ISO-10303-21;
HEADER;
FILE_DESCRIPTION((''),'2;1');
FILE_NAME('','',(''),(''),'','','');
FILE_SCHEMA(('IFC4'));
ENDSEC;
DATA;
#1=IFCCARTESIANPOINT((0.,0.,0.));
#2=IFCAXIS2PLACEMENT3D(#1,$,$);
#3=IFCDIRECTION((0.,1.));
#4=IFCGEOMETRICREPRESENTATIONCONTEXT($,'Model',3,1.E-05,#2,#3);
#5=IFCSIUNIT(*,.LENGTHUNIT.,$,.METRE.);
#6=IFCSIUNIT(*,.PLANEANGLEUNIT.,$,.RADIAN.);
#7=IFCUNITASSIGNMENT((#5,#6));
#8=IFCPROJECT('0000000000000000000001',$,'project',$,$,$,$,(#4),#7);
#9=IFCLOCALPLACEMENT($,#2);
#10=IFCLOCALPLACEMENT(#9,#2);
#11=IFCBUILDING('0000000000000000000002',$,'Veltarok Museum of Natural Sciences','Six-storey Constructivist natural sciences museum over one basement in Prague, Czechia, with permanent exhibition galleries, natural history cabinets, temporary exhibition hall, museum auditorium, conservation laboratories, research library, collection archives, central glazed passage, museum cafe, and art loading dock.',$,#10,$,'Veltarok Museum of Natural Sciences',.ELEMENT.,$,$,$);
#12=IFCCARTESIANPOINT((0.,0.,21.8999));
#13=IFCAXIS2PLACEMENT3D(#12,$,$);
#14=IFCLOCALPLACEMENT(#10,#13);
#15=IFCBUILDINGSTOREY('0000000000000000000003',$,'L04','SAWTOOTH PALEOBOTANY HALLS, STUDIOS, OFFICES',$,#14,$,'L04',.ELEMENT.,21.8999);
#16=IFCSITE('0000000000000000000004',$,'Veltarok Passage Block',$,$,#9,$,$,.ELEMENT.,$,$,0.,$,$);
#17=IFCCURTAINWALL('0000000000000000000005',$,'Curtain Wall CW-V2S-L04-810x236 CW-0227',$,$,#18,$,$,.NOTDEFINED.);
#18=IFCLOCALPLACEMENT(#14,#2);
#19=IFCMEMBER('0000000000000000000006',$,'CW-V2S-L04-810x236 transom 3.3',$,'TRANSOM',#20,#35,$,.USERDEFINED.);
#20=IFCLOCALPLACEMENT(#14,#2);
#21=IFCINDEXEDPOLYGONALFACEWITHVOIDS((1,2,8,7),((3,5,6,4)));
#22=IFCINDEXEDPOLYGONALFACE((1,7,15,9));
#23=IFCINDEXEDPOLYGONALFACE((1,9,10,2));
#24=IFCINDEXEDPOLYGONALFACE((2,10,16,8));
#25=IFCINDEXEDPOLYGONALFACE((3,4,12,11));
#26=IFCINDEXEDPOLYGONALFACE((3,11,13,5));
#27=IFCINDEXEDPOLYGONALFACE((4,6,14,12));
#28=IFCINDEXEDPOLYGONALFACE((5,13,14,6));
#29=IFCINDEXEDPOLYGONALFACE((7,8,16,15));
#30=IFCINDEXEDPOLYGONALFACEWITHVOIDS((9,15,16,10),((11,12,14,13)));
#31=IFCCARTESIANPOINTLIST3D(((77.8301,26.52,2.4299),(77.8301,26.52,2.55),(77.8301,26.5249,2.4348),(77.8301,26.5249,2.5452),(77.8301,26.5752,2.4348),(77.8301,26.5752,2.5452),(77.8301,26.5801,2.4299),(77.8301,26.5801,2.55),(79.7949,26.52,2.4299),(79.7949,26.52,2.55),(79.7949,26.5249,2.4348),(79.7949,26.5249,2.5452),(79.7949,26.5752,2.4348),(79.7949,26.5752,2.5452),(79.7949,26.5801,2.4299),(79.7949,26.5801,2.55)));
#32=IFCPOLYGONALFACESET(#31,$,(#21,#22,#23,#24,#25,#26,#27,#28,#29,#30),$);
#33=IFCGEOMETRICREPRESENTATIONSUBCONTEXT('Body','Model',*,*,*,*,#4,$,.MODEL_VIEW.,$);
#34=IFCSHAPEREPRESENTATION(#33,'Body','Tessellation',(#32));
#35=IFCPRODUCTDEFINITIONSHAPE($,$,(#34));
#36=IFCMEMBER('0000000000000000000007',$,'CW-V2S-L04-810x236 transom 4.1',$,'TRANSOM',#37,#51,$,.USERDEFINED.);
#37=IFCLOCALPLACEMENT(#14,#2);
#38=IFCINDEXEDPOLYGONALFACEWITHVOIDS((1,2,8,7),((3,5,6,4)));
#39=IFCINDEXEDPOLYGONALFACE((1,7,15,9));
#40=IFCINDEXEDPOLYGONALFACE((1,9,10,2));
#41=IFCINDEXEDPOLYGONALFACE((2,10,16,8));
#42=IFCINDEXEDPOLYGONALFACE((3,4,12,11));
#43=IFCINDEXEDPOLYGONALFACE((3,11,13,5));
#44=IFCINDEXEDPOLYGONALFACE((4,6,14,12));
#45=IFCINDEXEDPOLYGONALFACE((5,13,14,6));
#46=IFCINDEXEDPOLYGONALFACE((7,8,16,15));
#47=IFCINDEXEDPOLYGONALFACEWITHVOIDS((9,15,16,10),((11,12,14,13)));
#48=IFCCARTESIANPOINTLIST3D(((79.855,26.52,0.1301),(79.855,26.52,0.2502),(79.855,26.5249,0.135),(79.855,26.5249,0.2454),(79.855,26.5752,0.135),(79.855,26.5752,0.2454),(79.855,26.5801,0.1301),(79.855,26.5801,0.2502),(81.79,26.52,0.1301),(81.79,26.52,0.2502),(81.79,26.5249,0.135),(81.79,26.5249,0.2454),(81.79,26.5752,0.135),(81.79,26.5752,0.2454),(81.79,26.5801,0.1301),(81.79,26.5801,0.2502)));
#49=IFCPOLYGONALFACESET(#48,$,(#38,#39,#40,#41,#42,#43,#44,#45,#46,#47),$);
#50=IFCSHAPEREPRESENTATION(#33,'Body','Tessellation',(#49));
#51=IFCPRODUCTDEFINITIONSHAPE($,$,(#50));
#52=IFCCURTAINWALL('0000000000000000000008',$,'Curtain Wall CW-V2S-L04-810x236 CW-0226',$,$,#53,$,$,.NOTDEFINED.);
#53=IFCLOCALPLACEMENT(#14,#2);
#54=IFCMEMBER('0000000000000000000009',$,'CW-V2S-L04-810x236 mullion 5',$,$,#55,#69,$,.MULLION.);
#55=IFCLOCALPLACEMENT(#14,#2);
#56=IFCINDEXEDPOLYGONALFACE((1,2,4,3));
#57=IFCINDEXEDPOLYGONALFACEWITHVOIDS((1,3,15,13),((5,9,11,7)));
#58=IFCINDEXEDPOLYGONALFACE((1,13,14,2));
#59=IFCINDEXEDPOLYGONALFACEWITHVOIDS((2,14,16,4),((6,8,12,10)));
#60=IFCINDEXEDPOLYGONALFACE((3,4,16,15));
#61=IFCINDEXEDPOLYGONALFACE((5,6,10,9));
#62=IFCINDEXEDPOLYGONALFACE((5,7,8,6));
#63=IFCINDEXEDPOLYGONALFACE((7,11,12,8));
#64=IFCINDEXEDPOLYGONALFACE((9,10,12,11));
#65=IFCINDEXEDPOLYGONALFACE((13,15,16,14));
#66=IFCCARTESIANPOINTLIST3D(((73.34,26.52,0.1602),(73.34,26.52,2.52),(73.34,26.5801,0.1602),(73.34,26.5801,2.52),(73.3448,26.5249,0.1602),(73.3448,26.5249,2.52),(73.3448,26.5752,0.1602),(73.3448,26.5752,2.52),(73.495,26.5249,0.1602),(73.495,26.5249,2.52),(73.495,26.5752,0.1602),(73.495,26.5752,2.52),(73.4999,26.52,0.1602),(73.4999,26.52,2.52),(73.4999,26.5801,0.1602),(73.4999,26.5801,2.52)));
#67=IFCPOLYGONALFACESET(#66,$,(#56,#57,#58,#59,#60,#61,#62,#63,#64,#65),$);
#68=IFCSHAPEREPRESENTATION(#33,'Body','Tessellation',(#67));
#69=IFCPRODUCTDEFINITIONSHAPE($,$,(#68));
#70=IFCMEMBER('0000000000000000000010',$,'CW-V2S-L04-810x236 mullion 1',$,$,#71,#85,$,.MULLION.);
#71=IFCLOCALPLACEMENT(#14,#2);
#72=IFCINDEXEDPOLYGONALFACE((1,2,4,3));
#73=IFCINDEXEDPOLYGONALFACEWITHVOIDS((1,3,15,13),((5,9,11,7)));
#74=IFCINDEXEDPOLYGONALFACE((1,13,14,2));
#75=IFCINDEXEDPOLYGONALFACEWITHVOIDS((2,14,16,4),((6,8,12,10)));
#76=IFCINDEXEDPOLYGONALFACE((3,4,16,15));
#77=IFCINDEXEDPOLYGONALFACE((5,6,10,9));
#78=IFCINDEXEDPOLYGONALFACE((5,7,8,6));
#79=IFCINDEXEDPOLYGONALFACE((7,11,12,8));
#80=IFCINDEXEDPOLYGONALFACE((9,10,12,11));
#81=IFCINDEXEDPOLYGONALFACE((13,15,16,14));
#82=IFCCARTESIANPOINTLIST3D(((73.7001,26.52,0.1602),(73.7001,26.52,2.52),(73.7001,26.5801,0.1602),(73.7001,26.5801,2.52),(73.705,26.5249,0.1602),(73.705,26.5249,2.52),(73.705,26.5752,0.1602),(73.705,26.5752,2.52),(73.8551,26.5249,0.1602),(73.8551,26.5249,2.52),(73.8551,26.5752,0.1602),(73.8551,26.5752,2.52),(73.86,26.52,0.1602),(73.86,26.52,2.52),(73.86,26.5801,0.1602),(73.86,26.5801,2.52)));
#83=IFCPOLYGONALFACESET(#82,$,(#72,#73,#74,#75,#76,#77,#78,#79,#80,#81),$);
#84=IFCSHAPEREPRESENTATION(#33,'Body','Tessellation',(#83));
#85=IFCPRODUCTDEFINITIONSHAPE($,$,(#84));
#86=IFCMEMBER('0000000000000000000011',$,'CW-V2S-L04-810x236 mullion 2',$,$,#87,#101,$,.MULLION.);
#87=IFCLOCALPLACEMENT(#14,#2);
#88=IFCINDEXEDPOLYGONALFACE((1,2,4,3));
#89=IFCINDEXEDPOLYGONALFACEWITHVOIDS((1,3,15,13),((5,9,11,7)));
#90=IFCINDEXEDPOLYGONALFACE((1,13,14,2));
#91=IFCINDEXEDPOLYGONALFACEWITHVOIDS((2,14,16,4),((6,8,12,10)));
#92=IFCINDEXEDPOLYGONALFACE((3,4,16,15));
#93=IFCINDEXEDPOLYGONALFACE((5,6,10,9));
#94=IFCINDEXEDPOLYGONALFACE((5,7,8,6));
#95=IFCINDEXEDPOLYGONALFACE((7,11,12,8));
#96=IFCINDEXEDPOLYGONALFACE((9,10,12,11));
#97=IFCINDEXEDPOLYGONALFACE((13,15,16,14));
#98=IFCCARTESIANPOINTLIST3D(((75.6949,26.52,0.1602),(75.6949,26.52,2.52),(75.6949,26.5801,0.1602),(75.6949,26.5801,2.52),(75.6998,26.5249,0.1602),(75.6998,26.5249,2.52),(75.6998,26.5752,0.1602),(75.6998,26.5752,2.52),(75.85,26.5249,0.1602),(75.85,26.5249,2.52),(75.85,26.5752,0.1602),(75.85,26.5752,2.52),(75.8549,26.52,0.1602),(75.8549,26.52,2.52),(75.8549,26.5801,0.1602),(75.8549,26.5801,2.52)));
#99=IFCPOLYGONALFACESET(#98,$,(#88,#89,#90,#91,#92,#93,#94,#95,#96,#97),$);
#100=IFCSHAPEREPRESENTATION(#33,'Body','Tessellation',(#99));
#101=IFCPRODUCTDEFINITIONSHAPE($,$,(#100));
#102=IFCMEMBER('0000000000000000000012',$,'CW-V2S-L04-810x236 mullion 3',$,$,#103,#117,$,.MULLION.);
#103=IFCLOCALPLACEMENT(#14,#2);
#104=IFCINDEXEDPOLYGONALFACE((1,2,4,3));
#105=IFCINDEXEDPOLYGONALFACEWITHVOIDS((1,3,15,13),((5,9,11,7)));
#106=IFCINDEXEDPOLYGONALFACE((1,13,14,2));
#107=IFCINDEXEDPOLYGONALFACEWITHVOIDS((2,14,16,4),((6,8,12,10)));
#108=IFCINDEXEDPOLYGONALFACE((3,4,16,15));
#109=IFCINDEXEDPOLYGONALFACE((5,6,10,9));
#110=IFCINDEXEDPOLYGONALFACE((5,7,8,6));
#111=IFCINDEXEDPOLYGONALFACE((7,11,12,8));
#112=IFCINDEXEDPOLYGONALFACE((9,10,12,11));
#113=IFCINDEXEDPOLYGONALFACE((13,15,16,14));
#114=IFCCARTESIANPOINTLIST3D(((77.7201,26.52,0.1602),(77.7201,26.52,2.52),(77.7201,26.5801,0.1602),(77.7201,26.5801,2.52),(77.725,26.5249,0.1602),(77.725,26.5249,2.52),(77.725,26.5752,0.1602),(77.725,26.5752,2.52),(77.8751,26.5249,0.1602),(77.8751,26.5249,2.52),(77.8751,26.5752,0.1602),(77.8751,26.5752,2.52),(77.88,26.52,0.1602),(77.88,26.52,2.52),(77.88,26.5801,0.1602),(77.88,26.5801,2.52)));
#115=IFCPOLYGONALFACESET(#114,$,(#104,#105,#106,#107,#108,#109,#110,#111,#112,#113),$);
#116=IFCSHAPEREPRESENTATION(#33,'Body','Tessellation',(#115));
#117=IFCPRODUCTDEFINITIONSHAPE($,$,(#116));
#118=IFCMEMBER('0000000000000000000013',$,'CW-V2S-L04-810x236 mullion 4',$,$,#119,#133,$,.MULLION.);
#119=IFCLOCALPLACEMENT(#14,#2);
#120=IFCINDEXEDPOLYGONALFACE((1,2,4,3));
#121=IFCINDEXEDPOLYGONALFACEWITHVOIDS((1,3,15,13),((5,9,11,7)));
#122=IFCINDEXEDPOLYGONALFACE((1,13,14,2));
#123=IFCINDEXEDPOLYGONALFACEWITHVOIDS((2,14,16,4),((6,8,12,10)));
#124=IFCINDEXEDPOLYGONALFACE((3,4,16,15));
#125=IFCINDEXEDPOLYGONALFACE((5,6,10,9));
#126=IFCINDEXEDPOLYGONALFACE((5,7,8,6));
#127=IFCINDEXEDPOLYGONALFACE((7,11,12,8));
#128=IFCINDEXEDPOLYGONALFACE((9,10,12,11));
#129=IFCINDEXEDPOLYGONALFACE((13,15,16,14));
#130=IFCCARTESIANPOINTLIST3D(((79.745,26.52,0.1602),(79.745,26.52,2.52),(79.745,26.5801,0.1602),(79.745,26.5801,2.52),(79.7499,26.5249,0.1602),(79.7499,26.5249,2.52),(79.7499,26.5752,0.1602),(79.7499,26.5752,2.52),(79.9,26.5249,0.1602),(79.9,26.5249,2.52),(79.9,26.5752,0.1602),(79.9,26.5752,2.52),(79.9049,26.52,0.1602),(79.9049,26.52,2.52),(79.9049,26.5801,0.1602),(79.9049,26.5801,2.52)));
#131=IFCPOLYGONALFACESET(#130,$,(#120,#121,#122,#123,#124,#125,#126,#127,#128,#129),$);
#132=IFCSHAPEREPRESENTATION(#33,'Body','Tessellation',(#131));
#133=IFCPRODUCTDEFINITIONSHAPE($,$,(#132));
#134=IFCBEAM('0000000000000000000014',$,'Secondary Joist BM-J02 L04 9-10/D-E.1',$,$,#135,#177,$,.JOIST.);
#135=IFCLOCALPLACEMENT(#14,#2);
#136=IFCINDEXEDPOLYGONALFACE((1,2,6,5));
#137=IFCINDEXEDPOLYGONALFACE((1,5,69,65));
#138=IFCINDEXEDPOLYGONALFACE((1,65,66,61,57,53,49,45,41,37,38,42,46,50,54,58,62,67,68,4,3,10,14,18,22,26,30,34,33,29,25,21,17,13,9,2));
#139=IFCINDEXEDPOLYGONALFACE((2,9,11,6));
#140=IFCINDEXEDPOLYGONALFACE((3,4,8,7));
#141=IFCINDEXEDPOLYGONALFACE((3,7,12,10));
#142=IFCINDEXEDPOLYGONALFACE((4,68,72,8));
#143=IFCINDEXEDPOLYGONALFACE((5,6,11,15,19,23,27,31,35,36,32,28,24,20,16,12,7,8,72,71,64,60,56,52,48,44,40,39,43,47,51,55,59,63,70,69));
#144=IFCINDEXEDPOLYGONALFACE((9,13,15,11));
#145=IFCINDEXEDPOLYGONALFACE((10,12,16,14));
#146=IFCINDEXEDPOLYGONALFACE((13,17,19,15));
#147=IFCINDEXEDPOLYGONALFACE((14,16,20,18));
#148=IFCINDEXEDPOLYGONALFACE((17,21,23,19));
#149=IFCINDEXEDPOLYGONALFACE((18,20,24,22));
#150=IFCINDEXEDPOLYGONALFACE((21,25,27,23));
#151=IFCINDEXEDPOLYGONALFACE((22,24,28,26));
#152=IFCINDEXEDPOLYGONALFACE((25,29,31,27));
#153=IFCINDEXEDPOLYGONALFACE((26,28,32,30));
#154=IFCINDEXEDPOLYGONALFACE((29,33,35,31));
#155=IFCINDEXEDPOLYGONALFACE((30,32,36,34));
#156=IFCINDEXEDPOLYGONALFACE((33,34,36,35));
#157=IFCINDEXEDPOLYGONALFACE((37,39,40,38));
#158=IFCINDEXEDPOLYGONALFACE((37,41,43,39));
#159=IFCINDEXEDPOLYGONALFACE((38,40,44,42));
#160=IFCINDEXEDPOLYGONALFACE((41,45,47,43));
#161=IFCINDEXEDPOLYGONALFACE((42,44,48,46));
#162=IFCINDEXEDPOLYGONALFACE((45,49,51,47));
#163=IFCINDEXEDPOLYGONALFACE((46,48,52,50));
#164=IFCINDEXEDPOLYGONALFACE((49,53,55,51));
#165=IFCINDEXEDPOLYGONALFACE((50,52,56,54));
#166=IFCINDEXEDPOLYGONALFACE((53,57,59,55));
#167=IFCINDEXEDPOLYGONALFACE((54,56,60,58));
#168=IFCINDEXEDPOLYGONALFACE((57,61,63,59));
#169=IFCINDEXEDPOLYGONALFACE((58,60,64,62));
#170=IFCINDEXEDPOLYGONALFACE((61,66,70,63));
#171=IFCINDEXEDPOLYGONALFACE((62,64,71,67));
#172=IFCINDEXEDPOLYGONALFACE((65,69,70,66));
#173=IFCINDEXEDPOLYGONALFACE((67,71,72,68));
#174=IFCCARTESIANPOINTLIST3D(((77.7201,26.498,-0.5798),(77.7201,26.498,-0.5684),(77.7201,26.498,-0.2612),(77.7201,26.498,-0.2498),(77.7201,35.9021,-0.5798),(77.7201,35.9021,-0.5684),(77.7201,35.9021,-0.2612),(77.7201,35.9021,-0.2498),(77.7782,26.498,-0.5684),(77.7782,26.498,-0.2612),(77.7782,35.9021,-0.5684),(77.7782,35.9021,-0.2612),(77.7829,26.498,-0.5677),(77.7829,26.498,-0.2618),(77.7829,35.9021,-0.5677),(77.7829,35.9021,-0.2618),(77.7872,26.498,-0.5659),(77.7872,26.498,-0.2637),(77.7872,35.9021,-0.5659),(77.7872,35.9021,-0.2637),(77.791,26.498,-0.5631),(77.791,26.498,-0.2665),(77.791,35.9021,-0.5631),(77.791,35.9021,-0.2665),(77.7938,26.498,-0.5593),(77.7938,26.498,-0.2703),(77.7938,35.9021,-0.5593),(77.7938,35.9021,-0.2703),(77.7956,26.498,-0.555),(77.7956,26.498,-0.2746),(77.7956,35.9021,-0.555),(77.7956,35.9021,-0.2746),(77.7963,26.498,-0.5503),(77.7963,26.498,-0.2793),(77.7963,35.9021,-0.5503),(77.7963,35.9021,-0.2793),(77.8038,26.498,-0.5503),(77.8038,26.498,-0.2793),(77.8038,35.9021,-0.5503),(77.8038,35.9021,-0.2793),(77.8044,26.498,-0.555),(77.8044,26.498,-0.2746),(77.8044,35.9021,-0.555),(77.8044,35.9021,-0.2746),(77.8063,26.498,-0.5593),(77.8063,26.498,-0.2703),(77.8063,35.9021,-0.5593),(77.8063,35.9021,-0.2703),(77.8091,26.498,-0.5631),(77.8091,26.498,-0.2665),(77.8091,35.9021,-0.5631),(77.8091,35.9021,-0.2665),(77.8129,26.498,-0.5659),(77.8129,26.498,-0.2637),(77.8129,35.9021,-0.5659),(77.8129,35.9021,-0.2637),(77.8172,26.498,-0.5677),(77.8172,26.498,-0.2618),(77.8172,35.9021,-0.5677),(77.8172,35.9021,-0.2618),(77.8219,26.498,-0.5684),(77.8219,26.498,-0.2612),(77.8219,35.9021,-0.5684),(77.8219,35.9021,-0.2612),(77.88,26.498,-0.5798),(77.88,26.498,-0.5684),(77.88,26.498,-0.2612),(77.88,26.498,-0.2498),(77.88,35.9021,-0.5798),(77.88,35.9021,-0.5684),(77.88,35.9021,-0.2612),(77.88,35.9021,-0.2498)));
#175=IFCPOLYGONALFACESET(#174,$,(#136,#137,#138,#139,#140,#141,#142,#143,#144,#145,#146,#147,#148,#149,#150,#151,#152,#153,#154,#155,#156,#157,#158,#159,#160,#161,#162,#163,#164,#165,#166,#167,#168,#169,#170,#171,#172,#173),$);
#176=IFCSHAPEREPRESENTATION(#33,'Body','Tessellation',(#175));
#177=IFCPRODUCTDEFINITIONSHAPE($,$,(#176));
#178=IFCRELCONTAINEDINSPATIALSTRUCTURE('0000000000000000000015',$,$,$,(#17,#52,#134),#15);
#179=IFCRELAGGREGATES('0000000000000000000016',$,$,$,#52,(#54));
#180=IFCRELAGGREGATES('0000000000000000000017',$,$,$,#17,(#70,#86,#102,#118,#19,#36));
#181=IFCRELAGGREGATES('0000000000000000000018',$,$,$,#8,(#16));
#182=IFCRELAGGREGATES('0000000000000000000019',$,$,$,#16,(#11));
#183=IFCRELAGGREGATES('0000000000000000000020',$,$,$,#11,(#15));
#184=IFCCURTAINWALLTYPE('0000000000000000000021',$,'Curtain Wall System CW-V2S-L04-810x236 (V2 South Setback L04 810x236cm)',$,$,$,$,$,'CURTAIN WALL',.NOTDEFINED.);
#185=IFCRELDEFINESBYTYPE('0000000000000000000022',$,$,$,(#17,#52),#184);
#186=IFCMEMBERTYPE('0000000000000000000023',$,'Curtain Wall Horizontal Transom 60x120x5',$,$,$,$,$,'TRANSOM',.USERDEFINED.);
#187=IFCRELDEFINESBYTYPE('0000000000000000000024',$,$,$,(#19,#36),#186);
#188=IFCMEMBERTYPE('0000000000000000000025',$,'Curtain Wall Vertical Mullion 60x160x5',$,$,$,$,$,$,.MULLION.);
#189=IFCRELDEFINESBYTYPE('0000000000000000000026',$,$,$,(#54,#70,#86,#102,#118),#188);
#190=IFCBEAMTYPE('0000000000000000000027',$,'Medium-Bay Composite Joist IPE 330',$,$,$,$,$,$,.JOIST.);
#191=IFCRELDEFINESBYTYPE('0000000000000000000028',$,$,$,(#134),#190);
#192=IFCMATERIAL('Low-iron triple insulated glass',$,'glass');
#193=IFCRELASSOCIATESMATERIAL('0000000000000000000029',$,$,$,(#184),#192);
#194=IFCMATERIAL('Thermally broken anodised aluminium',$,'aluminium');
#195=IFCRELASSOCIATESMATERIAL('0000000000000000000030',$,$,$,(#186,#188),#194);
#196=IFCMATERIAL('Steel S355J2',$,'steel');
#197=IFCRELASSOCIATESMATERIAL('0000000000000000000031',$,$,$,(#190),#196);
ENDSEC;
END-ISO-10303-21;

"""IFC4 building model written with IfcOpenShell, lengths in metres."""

from ifc_helpers import new_model, si_unit, direction, frame, origin, origin_2d, place, context, subcontext, project, spatial, hollow_rectangle, i_section, extrude, material, material_profile, profile_set, type_object, element, aggregate, save


model = new_model("IFC4")

# Units and contexts
model_context = context("Model", 3, precision=1e-05, world=origin(), true_north=direction((0.0, 1.0)))
body_context = subcontext(model_context, "Body", "Model", "MODEL_VIEW")
ifc_project = project(units=[si_unit("LENGTHUNIT", "METRE"), si_unit("PLANEANGLEUNIT", "RADIAN")], contexts=[model_context])

# Site, building, storey
site_placement = place(None, origin())
site = spatial("IfcSite", under=ifc_project, at=site_placement, Name="Veltarok Passage Block", CompositionType="ELEMENT", RefElevation=0.0)
building_placement = place(site_placement, origin())
building = spatial("IfcBuilding", under=site, at=building_placement, Name="Veltarok Museum of Natural Sciences", Description="Six-storey Constructivist natural sciences museum over one basement in Prague, Czechia, with permanent exhibition galleries, natural history cabinets, temporary exhibition hall, museum auditorium, conservation laboratories, research library, collection archives, central glazed passage, museum cafe, and art loading dock.", LongName="Veltarok Museum of Natural Sciences", CompositionType="ELEMENT")
storey_placement = place(building_placement, frame((0.0, 0.0, 21.8999)))
storey = spatial("IfcBuildingStorey", under=building, at=storey_placement, Name="L04", Description="SAWTOOTH PALEOBOTANY HALLS, STUDIOS, OFFICES", LongName="L04", CompositionType="ELEMENT", Elevation=21.8999)

# Shared definitions
ifc_material_1 = material(Name="Steel S355J2", Category="steel")

# Curtain wall, members
ifc_material_2 = material(Name="Low-iron triple insulated glass", Category="glass")
curtain_wall_type = type_object("IfcCurtainWallType", Name="Curtain Wall System CW-V2S-L04-810x236 (V2 South Setback L04 810x236cm)", ElementType="CURTAIN WALL", PredefinedType="NOTDEFINED", material=ifc_material_2)
curtain_wall_1_placement = place(storey_placement, origin())
curtain_wall_1 = element("IfcCurtainWall", 1, at=curtain_wall_1_placement, inside=storey, type_object=curtain_wall_type, Name="Curtain Wall CW-V2S-L04-810x236 CW-0227", PredefinedType="NOTDEFINED")
ifc_material_3 = material(Name="Thermally broken anodised aluminium", Category="aluminium")
ifc_material_profile_1 = material_profile(ifc_material_3, hollow_rectangle(XDim=0.0601, YDim=0.1201, WallThickness=0.0049, at=origin_2d()), Name="CW TRANSOM 60x120x5")
ifc_profile_set_1 = profile_set([ifc_material_profile_1], Name="Thermally broken anodised aluminium")
member_type_1 = type_object("IfcMemberType", Name="Curtain Wall Horizontal Transom 60x120x5", ElementType="TRANSOM", PredefinedType="USERDEFINED", material=ifc_profile_set_1)
member_1_placement = place(storey_placement, frame((77.8301, 26.55, 2.49), z_axis=(1.0, 0.0, 0.0), x_axis=(0.0, 1.0, 0.0)))
member_1 = element("IfcMember", 2, at=member_1_placement, type_object=member_type_1, Name="CW-V2S-L04-810x236 transom 3.3", ObjectType="TRANSOM", PredefinedType="USERDEFINED", context=body_context, shape_type="SweptSolid", body=[
    extrude(hollow_rectangle(XDim=0.0601, YDim=0.1201, WallThickness=0.0049, at=origin_2d()), origin(), (0.0, 0.0, 1.0), 1.9648),
])
member_2_placement = place(storey_placement, frame((79.855, 26.55, 0.1902), z_axis=(1.0, 0.0, 0.0), x_axis=(0.0, 1.0, 0.0)))
member_2 = element("IfcMember", 3, at=member_2_placement, type_object=member_type_1, Name="CW-V2S-L04-810x236 transom 4.1", ObjectType="TRANSOM", PredefinedType="USERDEFINED", context=body_context, shape_type="SweptSolid", body=[
    extrude(hollow_rectangle(XDim=0.0601, YDim=0.1201, WallThickness=0.0049, at=origin_2d()), origin(), (0.0, 0.0, 1.0), 1.9351),
])

# Curtain wall, member
curtain_wall_2_placement = place(storey_placement, origin())
curtain_wall_2 = element("IfcCurtainWall", 4, at=curtain_wall_2_placement, inside=storey, type_object=curtain_wall_type, Name="Curtain Wall CW-V2S-L04-810x236 CW-0226", PredefinedType="NOTDEFINED")
ifc_material_profile_2 = material_profile(ifc_material_3, hollow_rectangle(XDim=0.0601, YDim=0.1599, WallThickness=0.0049, at=origin_2d()), Name="CW MULLION 60x160x5")
ifc_profile_set_2 = profile_set([ifc_material_profile_2], Name="Thermally broken anodised aluminium")
member_type_2 = type_object("IfcMemberType", Name="Curtain Wall Vertical Mullion 60x160x5", PredefinedType="MULLION", material=ifc_profile_set_2)
member_3_placement = place(storey_placement, frame((73.4199, 26.55, 0.1602), z_axis=(0.0, 0.0, 1.0), x_axis=(0.0, 1.0, 0.0)))
member_3 = element("IfcMember", 5, at=member_3_placement, type_object=member_type_2, Name="CW-V2S-L04-810x236 mullion 5", PredefinedType="MULLION", context=body_context, shape_type="SweptSolid", body=[
    extrude(hollow_rectangle(XDim=0.0601, YDim=0.1599, WallThickness=0.0049, at=origin_2d()), origin(), (0.0, 0.0, 1.0), 2.3599),
])

# Members
member_4_placement = place(storey_placement, frame((73.78, 26.55, 0.1602), z_axis=(0.0, 0.0, 1.0), x_axis=(0.0, 1.0, 0.0)))
member_4 = element("IfcMember", 6, at=member_4_placement, type_object=member_type_2, Name="CW-V2S-L04-810x236 mullion 1", PredefinedType="MULLION", context=body_context, shape_type="SweptSolid", body=[
    extrude(hollow_rectangle(XDim=0.0601, YDim=0.1599, WallThickness=0.0049, at=origin_2d()), origin(), (0.0, 0.0, 1.0), 2.3599),
])
member_5_placement = place(storey_placement, frame((75.7749, 26.55, 0.1602), z_axis=(0.0, 0.0, 1.0), x_axis=(0.0, 1.0, 0.0)))
member_5 = element("IfcMember", 7, at=member_5_placement, type_object=member_type_2, Name="CW-V2S-L04-810x236 mullion 2", PredefinedType="MULLION", context=body_context, shape_type="SweptSolid", body=[
    extrude(hollow_rectangle(XDim=0.0601, YDim=0.1599, WallThickness=0.0049, at=origin_2d()), origin(), (0.0, 0.0, 1.0), 2.3599),
])
member_6_placement = place(storey_placement, frame((77.8, 26.55, 0.1602), z_axis=(0.0, 0.0, 1.0), x_axis=(0.0, 1.0, 0.0)))
member_6 = element("IfcMember", 8, at=member_6_placement, type_object=member_type_2, Name="CW-V2S-L04-810x236 mullion 3", PredefinedType="MULLION", context=body_context, shape_type="SweptSolid", body=[
    extrude(hollow_rectangle(XDim=0.0601, YDim=0.1599, WallThickness=0.0049, at=origin_2d()), origin(), (0.0, 0.0, 1.0), 2.3599),
])
member_7_placement = place(storey_placement, frame((79.825, 26.55, 0.1602), z_axis=(0.0, 0.0, 1.0), x_axis=(0.0, 1.0, 0.0)))
member_7 = element("IfcMember", 9, at=member_7_placement, type_object=member_type_2, Name="CW-V2S-L04-810x236 mullion 4", PredefinedType="MULLION", context=body_context, shape_type="SweptSolid", body=[
    extrude(hollow_rectangle(XDim=0.0601, YDim=0.1599, WallThickness=0.0049, at=origin_2d()), origin(), (0.0, 0.0, 1.0), 2.3599),
])

# Beam
ifc_material_profile_3 = material_profile(ifc_material_1, i_section(OverallWidth=0.1599, OverallDepth=0.3301, WebThickness=0.0076, FlangeThickness=0.0115, FilletRadius=0.0181, at=origin_2d()), Name="IPE 330")
ifc_profile_set_3 = profile_set([ifc_material_profile_3], Name="Steel S355J2")
beam_type_1 = type_object("IfcBeamType", Name="Medium-Bay Composite Joist IPE 330", PredefinedType="JOIST", material=ifc_profile_set_3)
beam_1_placement = place(storey_placement, frame((77.8, 26.498, -0.4148), z_axis=(0.0, 1.0, 0.0), x_axis=(-1.0, 0.0, 0.0)))
element("IfcBeam", 10, at=beam_1_placement, inside=storey, type_object=beam_type_1, Name="Secondary Joist BM-J02 L04 9-10/D-E.1", PredefinedType="JOIST", context=body_context, shape_type="SweptSolid", body=[
    extrude(i_section(OverallWidth=0.1599, OverallDepth=0.3301, WebThickness=0.0076, FlangeThickness=0.0115, FilletRadius=0.0181, at=origin_2d()), origin(), (0.0, 0.0, 1.0), 9.4041),
])

aggregate(curtain_wall_2, [member_3])
aggregate(curtain_wall_1, [member_4, member_5, member_6, member_7, member_1, member_2])

save(model, "model.ifc")
